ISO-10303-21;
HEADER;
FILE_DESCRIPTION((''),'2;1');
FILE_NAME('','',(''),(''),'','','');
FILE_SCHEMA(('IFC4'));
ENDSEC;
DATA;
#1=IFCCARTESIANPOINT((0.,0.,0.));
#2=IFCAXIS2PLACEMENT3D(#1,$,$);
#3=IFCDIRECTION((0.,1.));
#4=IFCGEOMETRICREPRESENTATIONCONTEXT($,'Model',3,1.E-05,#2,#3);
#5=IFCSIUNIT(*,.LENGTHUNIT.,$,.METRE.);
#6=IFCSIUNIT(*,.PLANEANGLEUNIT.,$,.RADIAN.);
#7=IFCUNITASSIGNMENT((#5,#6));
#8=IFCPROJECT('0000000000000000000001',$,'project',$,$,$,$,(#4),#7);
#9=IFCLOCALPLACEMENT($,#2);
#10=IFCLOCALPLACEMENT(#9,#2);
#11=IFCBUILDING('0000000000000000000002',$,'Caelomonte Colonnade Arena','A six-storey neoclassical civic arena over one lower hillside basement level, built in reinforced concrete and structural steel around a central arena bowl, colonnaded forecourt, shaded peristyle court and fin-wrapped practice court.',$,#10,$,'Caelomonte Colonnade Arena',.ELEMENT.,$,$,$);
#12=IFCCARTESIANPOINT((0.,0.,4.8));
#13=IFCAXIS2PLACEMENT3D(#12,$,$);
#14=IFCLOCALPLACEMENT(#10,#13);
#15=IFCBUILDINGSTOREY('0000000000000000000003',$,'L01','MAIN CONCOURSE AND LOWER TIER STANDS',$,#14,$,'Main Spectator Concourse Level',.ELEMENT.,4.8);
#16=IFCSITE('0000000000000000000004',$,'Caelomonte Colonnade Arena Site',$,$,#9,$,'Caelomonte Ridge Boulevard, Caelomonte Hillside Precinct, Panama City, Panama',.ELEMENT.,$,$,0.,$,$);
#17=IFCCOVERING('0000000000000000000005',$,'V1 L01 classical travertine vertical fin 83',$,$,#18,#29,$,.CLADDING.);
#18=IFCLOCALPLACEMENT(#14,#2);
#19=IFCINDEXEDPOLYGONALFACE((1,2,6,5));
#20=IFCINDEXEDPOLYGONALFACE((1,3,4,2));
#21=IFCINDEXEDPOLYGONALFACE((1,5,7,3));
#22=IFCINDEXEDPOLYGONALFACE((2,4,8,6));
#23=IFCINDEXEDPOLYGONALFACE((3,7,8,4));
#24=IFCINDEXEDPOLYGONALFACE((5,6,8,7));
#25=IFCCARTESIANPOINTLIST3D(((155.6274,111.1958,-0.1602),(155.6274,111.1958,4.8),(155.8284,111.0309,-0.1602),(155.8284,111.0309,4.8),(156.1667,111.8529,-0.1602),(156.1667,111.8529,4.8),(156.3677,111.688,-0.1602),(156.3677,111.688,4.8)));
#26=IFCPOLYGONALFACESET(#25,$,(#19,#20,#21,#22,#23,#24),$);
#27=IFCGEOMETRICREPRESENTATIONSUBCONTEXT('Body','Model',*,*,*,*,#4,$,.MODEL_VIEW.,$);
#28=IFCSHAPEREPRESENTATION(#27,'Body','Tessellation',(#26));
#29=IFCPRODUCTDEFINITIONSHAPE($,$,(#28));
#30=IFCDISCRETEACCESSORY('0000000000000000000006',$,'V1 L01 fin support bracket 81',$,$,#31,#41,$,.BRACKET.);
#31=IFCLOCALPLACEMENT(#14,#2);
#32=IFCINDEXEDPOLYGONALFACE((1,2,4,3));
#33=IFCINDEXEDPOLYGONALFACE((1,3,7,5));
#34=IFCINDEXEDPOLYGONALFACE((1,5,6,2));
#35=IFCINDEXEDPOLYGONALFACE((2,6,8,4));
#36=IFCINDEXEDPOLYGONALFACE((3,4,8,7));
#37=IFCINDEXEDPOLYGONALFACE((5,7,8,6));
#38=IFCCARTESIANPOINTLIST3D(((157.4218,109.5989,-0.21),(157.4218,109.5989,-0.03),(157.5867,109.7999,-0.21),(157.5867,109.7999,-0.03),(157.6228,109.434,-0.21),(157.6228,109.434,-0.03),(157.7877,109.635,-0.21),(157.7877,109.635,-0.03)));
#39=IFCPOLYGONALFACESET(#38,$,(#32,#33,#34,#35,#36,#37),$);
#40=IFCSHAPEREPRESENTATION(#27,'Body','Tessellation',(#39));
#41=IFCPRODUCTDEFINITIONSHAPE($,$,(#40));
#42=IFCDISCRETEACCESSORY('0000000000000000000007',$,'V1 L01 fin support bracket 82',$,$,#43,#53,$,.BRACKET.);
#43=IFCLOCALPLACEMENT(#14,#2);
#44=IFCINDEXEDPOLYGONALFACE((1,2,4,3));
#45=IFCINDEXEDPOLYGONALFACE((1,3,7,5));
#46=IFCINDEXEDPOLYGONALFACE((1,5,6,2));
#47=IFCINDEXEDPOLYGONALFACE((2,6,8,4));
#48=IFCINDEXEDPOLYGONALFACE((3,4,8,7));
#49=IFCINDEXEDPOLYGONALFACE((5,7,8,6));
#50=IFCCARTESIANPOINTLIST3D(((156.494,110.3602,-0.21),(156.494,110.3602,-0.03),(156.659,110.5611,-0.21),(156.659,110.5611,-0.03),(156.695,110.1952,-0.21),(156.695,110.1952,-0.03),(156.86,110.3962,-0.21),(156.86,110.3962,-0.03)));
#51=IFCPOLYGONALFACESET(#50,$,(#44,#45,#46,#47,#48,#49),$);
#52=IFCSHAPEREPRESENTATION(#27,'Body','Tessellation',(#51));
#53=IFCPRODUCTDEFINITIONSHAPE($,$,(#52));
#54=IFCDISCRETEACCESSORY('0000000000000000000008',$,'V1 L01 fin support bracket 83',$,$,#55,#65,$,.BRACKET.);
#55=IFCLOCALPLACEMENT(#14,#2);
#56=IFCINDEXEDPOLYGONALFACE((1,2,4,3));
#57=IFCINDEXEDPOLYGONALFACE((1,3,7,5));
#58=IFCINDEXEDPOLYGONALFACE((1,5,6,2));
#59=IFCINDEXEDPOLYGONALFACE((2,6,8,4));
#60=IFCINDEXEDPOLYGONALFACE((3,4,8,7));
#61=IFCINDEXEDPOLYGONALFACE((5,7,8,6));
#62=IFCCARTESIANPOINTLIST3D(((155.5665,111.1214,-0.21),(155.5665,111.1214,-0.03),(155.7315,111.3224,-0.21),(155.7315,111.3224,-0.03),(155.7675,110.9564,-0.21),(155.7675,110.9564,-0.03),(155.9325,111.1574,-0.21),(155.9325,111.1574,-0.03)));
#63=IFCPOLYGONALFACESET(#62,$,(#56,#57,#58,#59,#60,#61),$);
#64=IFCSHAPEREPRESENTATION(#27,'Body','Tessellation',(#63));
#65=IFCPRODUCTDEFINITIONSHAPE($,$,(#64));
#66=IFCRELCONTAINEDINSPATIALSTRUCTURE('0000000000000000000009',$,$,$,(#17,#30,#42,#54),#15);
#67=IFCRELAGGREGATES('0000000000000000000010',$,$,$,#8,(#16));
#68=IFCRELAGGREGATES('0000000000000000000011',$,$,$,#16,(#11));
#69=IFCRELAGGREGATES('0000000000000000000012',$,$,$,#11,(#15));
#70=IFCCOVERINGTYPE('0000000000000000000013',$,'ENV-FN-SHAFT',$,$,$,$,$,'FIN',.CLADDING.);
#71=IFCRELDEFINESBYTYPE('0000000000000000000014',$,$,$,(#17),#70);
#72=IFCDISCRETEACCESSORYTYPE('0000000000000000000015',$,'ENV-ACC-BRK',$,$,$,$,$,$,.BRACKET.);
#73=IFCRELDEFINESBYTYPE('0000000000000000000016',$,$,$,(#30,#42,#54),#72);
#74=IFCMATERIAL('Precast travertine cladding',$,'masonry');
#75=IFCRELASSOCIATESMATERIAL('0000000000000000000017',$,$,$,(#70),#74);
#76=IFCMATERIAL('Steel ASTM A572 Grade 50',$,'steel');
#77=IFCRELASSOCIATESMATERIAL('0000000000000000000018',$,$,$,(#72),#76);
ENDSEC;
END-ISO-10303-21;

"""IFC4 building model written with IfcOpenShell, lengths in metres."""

from ifc_helpers import new_model, si_unit, direction, frame, origin, origin_2d, place, context, subcontext, project, spatial, rectangle, extrude, material, material_profile, profile_set, type_object, element, save


model = new_model("IFC4")

# Units and contexts
model_context = context("Model", 3, precision=1e-05, world=origin(), true_north=direction((0.0, 1.0)))
body_context = subcontext(model_context, "Body", "Model", "MODEL_VIEW")
ifc_project = project(units=[si_unit("LENGTHUNIT", "METRE"), si_unit("PLANEANGLEUNIT", "RADIAN")], contexts=[model_context])

# Site, building, storey
site_placement = place(None, origin())
site = spatial("IfcSite", under=ifc_project, at=site_placement, Name="Caelomonte Colonnade Arena Site", LongName="Caelomonte Ridge Boulevard, Caelomonte Hillside Precinct, Panama City, Panama", CompositionType="ELEMENT", RefElevation=0.0)
building_placement = place(site_placement, origin())
building = spatial("IfcBuilding", under=site, at=building_placement, Name="Caelomonte Colonnade Arena", Description="A six-storey neoclassical civic arena over one lower hillside basement level, built in reinforced concrete and structural steel around a central arena bowl, colonnaded forecourt, shaded peristyle court and fin-wrapped practice court.", LongName="Caelomonte Colonnade Arena", CompositionType="ELEMENT")
storey_placement = place(building_placement, frame((0.0, 0.0, 4.8)))
storey = spatial("IfcBuildingStorey", under=building, at=storey_placement, Name="L01", Description="MAIN CONCOURSE AND LOWER TIER STANDS", LongName="Main Spectator Concourse Level", CompositionType="ELEMENT", Elevation=4.8)

# Covering
ifc_material_1 = material(Name="Precast travertine cladding", Category="masonry")
ifc_material_profile_1 = material_profile(ifc_material_1, rectangle(XDim=0.26, YDim=0.8501, at=origin_2d()), Name="FIN260X850")
ifc_profile_set_1 = profile_set([ifc_material_profile_1], Name="Precast travertine cladding")
covering_type = type_object("IfcCoveringType", Name="ENV-FN-SHAFT", ElementType="FIN", PredefinedType="CLADDING", material=ifc_profile_set_1)
for number, where, z_axis, x_axis, name in (
    (1, (155.9976, 111.4419, -0.1602), (0.0, 0.0, 1.0), (0.772994, -0.634414, 0.0), "V1 L01 classical travertine vertical fin 83"),
):
    element("IfcCovering", number, at=place(storey_placement, frame(where, z_axis=z_axis, x_axis=x_axis)), inside=storey, type_object=covering_type, Name=name, PredefinedType="CLADDING", context=body_context, shape_type="SweptSolid", body=[
        extrude(rectangle(XDim=0.26, YDim=0.8501, at=origin_2d()), origin(), (0.0, 0.0, 1.0), 4.9602),
    ])

# Discrete accessories
ifc_material_2 = material(Name="Steel ASTM A572 Grade 50", Category="steel")
discrete_accessory_type = type_object("IfcDiscreteAccessoryType", Name="ENV-ACC-BRK", PredefinedType="BRACKET", material=ifc_material_2)
for number, where, z_axis, x_axis, name in (
    (2, (157.6047, 109.6169, -0.21), (0.0, 0.0, 1.0), (-0.772994, 0.634414, 0.0), "V1 L01 fin support bracket 81"),
    (3, (156.677, 110.3782, -0.21), (0.0, 0.0, 1.0), (-0.772994, 0.634414, 0.0), "V1 L01 fin support bracket 82"),
    (4, (155.7495, 111.1394, -0.21), (0.0, 0.0, 1.0), (-0.772994, 0.634414, 0.0), "V1 L01 fin support bracket 83"),
):
    element("IfcDiscreteAccessory", number, at=place(storey_placement, frame(where, z_axis=z_axis, x_axis=x_axis)), inside=storey, type_object=discrete_accessory_type, Name=name, PredefinedType="BRACKET", context=body_context, shape_type="SweptSolid", body=[
        extrude(rectangle(XDim=0.26, YDim=0.26, at=origin_2d()), origin(), (0.0, 0.0, 1.0), 0.1799),
    ])

save(model, "model.ifc")
